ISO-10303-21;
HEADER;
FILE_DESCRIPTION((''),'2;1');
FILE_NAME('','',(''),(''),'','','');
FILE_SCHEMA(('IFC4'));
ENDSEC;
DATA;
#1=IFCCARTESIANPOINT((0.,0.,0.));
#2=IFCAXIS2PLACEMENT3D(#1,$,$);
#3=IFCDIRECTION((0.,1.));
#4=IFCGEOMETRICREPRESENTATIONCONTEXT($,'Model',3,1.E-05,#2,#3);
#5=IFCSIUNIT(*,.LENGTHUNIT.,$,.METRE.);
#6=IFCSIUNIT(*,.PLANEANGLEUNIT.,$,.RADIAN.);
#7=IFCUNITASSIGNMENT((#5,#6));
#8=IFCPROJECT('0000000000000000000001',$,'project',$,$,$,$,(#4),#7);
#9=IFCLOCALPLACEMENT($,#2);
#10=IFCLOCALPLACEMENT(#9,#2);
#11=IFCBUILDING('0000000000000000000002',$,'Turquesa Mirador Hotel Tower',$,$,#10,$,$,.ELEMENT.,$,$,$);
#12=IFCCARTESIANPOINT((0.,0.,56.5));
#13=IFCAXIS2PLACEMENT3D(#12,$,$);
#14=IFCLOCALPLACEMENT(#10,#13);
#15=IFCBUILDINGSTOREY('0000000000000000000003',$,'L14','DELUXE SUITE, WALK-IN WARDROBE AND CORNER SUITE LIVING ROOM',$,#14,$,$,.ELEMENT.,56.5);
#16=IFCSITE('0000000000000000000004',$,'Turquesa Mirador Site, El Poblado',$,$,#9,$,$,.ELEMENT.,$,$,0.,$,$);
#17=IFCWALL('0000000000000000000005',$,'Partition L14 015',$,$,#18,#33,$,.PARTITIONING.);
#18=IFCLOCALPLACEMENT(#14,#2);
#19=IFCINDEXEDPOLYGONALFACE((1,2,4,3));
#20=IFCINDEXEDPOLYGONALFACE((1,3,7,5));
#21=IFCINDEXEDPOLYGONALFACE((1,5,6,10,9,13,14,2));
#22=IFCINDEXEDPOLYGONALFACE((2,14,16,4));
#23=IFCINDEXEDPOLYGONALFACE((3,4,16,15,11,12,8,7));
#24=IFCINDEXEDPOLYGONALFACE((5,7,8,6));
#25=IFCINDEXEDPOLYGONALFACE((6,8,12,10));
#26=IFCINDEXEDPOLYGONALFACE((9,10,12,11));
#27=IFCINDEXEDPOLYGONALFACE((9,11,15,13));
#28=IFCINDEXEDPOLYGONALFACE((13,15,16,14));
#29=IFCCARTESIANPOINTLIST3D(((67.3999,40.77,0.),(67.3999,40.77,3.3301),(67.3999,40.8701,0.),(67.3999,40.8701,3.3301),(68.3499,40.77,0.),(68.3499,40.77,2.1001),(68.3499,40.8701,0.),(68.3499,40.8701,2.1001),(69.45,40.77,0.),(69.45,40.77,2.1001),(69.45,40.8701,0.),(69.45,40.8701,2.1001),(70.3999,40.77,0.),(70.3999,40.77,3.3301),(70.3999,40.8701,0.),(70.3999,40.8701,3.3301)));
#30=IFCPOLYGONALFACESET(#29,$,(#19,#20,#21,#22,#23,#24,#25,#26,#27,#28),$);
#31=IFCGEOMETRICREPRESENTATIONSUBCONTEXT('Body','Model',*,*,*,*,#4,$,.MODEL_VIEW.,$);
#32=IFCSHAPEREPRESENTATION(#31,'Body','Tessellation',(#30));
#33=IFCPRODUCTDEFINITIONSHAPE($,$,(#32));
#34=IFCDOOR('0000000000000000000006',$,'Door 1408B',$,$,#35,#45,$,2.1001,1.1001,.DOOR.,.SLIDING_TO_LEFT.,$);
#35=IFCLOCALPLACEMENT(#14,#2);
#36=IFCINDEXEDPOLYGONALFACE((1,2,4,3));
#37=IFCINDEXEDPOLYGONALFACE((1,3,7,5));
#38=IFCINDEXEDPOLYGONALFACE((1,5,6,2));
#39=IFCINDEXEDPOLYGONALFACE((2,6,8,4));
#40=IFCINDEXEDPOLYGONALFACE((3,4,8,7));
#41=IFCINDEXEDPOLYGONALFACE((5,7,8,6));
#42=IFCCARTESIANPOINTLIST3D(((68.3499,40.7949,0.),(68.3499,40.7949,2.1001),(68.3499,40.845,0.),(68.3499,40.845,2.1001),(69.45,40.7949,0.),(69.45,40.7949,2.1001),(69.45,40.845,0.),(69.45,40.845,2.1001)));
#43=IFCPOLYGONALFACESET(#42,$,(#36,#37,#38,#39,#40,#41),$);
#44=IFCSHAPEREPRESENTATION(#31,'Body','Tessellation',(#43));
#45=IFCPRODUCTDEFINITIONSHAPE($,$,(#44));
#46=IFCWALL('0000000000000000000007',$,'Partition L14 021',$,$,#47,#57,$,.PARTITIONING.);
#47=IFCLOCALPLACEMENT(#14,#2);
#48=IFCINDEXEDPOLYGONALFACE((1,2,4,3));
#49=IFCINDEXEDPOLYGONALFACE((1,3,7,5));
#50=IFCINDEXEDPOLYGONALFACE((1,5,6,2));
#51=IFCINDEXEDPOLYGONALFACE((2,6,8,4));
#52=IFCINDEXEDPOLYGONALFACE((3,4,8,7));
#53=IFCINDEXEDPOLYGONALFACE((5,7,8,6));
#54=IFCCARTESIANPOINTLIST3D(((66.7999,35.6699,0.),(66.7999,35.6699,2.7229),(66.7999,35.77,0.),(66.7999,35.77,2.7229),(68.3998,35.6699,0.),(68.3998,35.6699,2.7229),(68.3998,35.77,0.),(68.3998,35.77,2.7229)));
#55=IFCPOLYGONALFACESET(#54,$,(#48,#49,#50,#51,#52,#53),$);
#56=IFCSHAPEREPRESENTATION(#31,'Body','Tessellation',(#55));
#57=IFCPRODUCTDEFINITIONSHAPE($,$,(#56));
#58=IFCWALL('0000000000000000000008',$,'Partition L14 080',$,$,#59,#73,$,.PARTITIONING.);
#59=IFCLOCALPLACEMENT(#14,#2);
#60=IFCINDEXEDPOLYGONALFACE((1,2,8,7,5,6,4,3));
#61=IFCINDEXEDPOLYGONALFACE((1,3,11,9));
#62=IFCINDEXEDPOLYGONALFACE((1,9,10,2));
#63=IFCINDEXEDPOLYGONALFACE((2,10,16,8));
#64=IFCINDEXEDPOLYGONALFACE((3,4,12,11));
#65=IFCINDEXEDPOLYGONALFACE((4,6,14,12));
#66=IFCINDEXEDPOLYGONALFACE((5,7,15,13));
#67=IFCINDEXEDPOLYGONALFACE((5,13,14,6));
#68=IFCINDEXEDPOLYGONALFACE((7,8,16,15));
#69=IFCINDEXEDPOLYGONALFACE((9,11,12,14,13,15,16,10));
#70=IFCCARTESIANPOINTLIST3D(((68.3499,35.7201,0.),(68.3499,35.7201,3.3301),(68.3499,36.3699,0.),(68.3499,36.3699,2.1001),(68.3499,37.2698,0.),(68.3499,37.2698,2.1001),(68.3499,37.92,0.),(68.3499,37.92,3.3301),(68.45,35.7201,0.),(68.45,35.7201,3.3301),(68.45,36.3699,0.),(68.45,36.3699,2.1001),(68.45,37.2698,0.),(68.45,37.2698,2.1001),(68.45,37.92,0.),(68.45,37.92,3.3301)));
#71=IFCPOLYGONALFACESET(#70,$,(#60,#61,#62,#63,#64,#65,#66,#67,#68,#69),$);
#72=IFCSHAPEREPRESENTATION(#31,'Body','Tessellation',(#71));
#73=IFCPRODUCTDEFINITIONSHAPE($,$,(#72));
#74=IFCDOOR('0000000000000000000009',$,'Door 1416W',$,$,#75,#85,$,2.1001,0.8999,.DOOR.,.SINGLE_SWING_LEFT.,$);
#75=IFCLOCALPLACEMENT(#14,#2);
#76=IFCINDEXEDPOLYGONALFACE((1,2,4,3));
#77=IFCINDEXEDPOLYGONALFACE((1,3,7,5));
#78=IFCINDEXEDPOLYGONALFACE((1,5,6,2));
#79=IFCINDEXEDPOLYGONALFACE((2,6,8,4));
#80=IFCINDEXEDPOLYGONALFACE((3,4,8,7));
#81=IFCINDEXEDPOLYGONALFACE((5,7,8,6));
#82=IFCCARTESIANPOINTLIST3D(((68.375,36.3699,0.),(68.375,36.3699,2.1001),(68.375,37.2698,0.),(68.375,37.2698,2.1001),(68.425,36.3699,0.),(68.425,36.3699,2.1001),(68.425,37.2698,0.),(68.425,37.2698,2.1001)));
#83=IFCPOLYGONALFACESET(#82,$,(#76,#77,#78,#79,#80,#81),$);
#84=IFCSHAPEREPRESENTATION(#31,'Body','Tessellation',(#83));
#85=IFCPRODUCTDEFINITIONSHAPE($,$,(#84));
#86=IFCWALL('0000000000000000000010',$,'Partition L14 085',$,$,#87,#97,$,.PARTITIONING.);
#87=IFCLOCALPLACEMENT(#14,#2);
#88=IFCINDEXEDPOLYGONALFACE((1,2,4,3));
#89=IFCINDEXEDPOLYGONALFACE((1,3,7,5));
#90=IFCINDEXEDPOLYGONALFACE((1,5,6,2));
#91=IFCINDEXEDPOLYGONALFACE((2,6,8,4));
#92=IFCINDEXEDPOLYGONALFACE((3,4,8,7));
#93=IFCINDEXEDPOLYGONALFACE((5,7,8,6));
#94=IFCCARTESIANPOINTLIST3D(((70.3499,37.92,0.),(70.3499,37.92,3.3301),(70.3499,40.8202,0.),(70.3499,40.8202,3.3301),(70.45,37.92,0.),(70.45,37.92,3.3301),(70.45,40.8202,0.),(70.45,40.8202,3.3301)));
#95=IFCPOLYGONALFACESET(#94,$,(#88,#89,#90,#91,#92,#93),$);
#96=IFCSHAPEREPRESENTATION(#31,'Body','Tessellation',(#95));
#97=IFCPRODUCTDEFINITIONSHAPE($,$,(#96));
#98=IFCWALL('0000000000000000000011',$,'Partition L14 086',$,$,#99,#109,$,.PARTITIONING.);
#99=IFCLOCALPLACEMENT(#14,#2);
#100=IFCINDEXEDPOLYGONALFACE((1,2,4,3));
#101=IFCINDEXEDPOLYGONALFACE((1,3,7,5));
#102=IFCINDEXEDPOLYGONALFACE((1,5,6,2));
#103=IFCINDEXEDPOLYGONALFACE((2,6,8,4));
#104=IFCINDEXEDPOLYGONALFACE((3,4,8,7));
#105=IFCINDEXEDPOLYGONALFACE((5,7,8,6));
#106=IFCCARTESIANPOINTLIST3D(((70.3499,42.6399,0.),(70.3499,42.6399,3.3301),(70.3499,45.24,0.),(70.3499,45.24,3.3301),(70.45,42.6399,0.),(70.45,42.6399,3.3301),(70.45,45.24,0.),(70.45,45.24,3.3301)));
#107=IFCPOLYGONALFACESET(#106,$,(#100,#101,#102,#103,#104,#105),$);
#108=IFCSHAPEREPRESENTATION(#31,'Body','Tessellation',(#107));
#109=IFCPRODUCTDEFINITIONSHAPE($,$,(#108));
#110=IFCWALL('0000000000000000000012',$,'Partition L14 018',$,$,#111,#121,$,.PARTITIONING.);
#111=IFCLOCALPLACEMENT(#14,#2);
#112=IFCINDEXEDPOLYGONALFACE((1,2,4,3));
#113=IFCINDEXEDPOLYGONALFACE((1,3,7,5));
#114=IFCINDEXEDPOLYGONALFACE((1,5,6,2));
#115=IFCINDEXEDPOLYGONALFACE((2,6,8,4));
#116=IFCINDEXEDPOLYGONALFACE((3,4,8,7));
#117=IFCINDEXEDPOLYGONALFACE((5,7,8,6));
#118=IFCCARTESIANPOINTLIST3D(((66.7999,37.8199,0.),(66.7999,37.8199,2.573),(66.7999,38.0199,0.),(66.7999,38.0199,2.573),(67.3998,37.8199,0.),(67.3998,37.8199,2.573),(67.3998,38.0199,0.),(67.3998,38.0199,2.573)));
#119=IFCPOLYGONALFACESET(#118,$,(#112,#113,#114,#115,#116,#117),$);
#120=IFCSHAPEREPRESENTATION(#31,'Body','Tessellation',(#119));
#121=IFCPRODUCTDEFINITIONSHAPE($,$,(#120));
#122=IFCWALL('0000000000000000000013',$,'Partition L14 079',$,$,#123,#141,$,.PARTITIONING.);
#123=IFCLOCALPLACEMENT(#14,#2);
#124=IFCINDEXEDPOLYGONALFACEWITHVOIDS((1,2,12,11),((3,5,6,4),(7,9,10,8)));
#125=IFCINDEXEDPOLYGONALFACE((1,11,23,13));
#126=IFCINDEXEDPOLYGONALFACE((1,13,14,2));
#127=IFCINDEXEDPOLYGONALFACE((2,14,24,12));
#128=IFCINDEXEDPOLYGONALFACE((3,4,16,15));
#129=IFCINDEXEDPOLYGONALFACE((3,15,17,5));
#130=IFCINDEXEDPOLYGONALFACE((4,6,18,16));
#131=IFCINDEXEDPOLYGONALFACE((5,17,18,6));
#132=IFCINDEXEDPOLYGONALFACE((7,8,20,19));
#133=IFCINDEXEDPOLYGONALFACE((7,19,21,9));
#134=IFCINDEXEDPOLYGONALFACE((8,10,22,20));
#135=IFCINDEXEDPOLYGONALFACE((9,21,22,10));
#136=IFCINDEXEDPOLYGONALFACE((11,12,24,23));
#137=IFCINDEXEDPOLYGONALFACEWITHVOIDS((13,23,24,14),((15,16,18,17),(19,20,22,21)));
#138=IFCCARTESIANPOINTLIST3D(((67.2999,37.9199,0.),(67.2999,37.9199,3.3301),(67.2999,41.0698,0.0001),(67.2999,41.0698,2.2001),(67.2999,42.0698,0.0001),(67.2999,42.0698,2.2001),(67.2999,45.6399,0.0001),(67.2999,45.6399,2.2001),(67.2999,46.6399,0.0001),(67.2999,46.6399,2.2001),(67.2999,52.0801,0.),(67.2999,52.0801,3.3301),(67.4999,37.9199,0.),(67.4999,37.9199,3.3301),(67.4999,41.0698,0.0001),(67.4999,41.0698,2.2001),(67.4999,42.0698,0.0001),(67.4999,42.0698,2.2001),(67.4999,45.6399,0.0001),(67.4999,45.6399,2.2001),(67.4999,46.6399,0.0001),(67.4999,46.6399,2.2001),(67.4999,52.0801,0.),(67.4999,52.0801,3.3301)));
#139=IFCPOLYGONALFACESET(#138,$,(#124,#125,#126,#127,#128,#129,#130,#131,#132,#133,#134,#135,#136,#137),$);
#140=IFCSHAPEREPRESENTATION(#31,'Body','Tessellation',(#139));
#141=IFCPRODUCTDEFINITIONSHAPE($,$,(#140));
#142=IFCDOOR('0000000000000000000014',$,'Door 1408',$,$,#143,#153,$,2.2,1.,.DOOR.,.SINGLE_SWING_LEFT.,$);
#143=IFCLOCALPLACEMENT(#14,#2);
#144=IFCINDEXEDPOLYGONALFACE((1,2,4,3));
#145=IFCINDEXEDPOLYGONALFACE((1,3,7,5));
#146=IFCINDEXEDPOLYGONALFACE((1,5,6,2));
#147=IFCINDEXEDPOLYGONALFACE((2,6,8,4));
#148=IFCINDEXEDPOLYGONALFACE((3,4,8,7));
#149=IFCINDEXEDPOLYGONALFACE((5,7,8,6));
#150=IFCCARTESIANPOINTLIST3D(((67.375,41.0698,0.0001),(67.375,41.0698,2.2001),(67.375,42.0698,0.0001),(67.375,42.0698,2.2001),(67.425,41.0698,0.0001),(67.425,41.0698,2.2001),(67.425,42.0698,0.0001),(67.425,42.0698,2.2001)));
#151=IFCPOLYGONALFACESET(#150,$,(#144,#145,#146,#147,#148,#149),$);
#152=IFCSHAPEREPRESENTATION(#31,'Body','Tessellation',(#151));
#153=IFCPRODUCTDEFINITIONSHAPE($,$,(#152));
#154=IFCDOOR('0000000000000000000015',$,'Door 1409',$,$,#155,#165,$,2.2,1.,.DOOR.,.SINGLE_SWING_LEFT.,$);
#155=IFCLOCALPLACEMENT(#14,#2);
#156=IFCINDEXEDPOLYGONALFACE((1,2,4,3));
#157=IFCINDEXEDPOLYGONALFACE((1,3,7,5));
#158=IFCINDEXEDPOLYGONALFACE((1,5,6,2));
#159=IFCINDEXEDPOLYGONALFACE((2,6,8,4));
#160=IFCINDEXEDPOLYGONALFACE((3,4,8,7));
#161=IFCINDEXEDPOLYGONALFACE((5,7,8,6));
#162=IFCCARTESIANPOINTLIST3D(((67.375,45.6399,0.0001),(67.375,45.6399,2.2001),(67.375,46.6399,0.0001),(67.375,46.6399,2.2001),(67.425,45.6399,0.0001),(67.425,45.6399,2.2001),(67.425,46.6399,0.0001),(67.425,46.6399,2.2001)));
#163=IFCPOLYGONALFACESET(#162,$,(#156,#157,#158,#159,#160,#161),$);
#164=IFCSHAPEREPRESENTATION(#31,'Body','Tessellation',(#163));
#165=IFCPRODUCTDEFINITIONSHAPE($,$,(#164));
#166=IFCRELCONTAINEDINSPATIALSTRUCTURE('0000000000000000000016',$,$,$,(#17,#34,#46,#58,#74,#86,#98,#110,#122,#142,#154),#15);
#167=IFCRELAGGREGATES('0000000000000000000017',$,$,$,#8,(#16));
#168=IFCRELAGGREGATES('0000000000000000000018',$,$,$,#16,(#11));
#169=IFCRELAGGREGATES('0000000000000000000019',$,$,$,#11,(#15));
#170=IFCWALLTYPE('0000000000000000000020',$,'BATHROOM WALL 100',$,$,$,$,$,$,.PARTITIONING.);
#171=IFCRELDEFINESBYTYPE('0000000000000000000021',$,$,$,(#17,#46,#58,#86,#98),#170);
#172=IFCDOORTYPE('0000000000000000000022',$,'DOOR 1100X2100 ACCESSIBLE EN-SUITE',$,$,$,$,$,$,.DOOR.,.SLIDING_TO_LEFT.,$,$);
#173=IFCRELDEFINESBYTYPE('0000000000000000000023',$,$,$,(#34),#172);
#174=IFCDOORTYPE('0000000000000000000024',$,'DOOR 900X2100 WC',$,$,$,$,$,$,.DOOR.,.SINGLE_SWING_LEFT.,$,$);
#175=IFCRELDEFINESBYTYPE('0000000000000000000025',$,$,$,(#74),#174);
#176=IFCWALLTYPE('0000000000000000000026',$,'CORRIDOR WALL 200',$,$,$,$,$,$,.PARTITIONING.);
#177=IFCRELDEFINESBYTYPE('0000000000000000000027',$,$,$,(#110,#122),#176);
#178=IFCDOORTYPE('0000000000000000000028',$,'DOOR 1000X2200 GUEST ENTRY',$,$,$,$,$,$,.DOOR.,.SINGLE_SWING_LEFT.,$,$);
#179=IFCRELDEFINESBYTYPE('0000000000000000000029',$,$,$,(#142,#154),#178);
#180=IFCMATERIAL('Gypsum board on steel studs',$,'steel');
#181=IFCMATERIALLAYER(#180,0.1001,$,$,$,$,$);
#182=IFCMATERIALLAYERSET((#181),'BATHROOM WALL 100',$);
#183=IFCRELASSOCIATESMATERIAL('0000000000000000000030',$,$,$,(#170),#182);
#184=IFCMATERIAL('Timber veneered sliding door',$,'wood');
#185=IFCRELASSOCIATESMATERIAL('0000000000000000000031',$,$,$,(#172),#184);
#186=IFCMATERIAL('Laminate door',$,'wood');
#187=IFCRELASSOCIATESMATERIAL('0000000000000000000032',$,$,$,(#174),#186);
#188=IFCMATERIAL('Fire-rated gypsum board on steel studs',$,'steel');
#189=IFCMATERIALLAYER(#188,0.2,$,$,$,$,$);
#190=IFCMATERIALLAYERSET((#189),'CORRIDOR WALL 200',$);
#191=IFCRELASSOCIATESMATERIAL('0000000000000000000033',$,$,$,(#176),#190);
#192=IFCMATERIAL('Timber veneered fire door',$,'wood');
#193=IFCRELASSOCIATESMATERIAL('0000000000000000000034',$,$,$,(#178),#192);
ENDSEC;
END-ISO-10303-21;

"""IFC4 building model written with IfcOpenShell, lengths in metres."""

from ifc_helpers import new_model, si_unit, direction, frame, frame_2d, origin, place, context, subcontext, project, spatial, rectangle, extrude, material, layer, layer_set, type_object, element, fill, save


model = new_model("IFC4")

# Units and contexts
model_context = context("Model", 3, precision=1e-05, world=origin(), true_north=direction((0.0, 1.0)))
body_context = subcontext(model_context, "Body", "Model", "MODEL_VIEW")
ifc_project = project(units=[si_unit("LENGTHUNIT", "METRE"), si_unit("PLANEANGLEUNIT", "RADIAN")], contexts=[model_context])

# Site, building, storey
site_placement = place(None, origin())
site = spatial("IfcSite", under=ifc_project, at=site_placement, Name="Turquesa Mirador Site, El Poblado", CompositionType="ELEMENT", RefElevation=0.0)
building_placement = place(site_placement, origin())
building = spatial("IfcBuilding", under=site, at=building_placement, Name="Turquesa Mirador Hotel Tower", CompositionType="ELEMENT")
storey_placement = place(building_placement, frame((0.0, 0.0, 56.5)))
storey = spatial("IfcBuildingStorey", under=building, at=storey_placement, Name="L14", Description="DELUXE SUITE, WALK-IN WARDROBE AND CORNER SUITE LIVING ROOM", CompositionType="ELEMENT", Elevation=56.5)

# Wall, opening, door
ifc_material_1 = material(Name="Gypsum board on steel studs", Category="steel")
ifc_layer_1 = layer(ifc_material_1, 0.1001)
ifc_layer_set_1 = layer_set([ifc_layer_1], Name="BATHROOM WALL 100")
wall_type_1 = type_object("IfcWallType", Name="BATHROOM WALL 100", PredefinedType="PARTITIONING", material=ifc_layer_set_1)
wall_1_placement = place(storey_placement, frame((67.3999, 40.8201, 0.0), z_axis=(0.0, 0.0, 1.0), x_axis=(1.0, 0.0, 0.0)))
wall_1 = element("IfcWall", 1, at=wall_1_placement, inside=storey, type_object=wall_type_1, Name="Partition L14 015", PredefinedType="PARTITIONING", context=body_context, shape_type="SweptSolid", body=[
    extrude(rectangle(XDim=3.0, YDim=0.1001, at=frame_2d((1.5, 0.0))), origin(), (0.0, 0.0, 1.0), 3.3301),
])
opening_1_placement = place(wall_1_placement, frame((0.95, 0.0, 0.0)))
opening_1 = element("IfcOpeningElement", 2, at=opening_1_placement, cuts=wall_1, PredefinedType="OPENING", context=body_context, shape_type="SweptSolid", body=[
    extrude(rectangle(XDim=1.1001, YDim=2.1001, at=frame_2d((0.55, 1.05))), frame((0.0, 0.0601, 0.0), z_axis=(0.0, -1.0, 0.0), x_axis=(1.0, 0.0, 0.0)), (0.0, 0.0, 1.0), 0.1201),
])
ifc_material_2 = material(Name="Timber veneered sliding door", Category="wood")
door_type_1 = type_object("IfcDoorType", Name="DOOR 1100X2100 ACCESSIBLE EN-SUITE", OperationType="SLIDING_TO_LEFT", PredefinedType="DOOR", material=ifc_material_2)
door_1_placement = place(opening_1_placement, origin())
door_1 = element("IfcDoor", 3, at=door_1_placement, inside=storey, type_object=door_type_1, Name="Door 1408B", OperationType="SLIDING_TO_LEFT", OverallHeight=2.1001, OverallWidth=1.1001, PredefinedType="DOOR", context=body_context, shape_type="SweptSolid", body=[
    extrude(rectangle(XDim=1.1001, YDim=2.1001, at=frame_2d((0.55, 1.05))), frame((0.0, 0.0249, 0.0), z_axis=(0.0, -1.0, 0.0), x_axis=(1.0, 0.0, 0.0)), (0.0, 0.0, 1.0), 0.05),
])
fill(opening_1, door_1)

# Wall
wall_2_placement = place(storey_placement, frame((66.8, 35.72, 0.0), z_axis=(0.0, 0.0, 1.0), x_axis=(1.0, 0.0, 0.0)))
element("IfcWall", 4, at=wall_2_placement, inside=storey, type_object=wall_type_1, Name="Partition L14 021", PredefinedType="PARTITIONING", context=body_context, shape_type="SweptSolid", body=[
    extrude(rectangle(XDim=1.5999, YDim=0.1001, at=frame_2d((0.7998, 0.0))), origin(), (0.0, 0.0, 1.0), 2.7229),
])

# Wall, opening, door
wall_3_placement = place(storey_placement, frame((68.3999, 35.72, 0.0), z_axis=(0.0, 0.0, 1.0), x_axis=(0.0, 1.0, 0.0)))
wall_3 = element("IfcWall", 5, at=wall_3_placement, inside=storey, type_object=wall_type_1, Name="Partition L14 080", PredefinedType="PARTITIONING", context=body_context, shape_type="SweptSolid", body=[
    extrude(rectangle(XDim=2.2, YDim=0.1001, at=frame_2d((1.1001, 0.0))), origin(), (0.0, 0.0, 1.0), 3.3301),
])
opening_2_placement = place(wall_3_placement, frame((0.6499, 0.0, 0.0)))
opening_2 = element("IfcOpeningElement", 6, at=opening_2_placement, cuts=wall_3, PredefinedType="OPENING", context=body_context, shape_type="SweptSolid", body=[
    extrude(rectangle(XDim=0.8999, YDim=2.1001, at=frame_2d((0.45, 1.05))), frame((0.0, 0.0601, 0.0), z_axis=(0.0, -1.0, 0.0), x_axis=(1.0, 0.0, 0.0)), (0.0, 0.0, 1.0), 0.1201),
])
ifc_material_3 = material(Name="Laminate door", Category="wood")
door_type_2 = type_object("IfcDoorType", Name="DOOR 900X2100 WC", OperationType="SINGLE_SWING_LEFT", PredefinedType="DOOR", material=ifc_material_3)
door_2_placement = place(opening_2_placement, origin())
door_2 = element("IfcDoor", 7, at=door_2_placement, inside=storey, type_object=door_type_2, Name="Door 1416W", OperationType="SINGLE_SWING_LEFT", OverallHeight=2.1001, OverallWidth=0.8999, PredefinedType="DOOR", context=body_context, shape_type="SweptSolid", body=[
    extrude(rectangle(XDim=0.8999, YDim=2.1001, at=frame_2d((0.45, 1.05))), frame((0.0, 0.0249, 0.0), z_axis=(0.0, -1.0, 0.0), x_axis=(1.0, 0.0, 0.0)), (0.0, 0.0, 1.0), 0.05),
])
fill(opening_2, door_2)

# Walls
wall_4_placement = place(storey_placement, frame((70.3999, 37.9199, 0.0), z_axis=(0.0, 0.0, 1.0), x_axis=(0.0, 1.0, 0.0)))
element("IfcWall", 8, at=wall_4_placement, inside=storey, type_object=wall_type_1, Name="Partition L14 085", PredefinedType="PARTITIONING", context=body_context, shape_type="SweptSolid", body=[
    extrude(rectangle(XDim=2.9001, YDim=0.1001, at=frame_2d((1.4502, 0.0))), origin(), (0.0, 0.0, 1.0), 3.3301),
])
wall_5_placement = place(storey_placement, frame((70.3999, 42.6399, 0.0), z_axis=(0.0, 0.0, 1.0), x_axis=(0.0, 1.0, 0.0)))
element("IfcWall", 9, at=wall_5_placement, inside=storey, type_object=wall_type_1, Name="Partition L14 086", PredefinedType="PARTITIONING", context=body_context, shape_type="SweptSolid", body=[
    extrude(rectangle(XDim=2.6001, YDim=0.1001, at=frame_2d((1.3, 0.0))), origin(), (0.0, 0.0, 1.0), 3.3301),
])
ifc_material_4 = material(Name="Fire-rated gypsum board on steel studs", Category="steel")
ifc_layer_2 = layer(ifc_material_4, 0.2)
ifc_layer_set_2 = layer_set([ifc_layer_2], Name="CORRIDOR WALL 200")
wall_type_2 = type_object("IfcWallType", Name="CORRIDOR WALL 200", PredefinedType="PARTITIONING", material=ifc_layer_set_2)
wall_6_placement = place(storey_placement, frame((66.8, 37.9199, 0.0), z_axis=(0.0, 0.0, 1.0), x_axis=(1.0, 0.0, 0.0)))
element("IfcWall", 10, at=wall_6_placement, inside=storey, type_object=wall_type_2, Name="Partition L14 018", PredefinedType="PARTITIONING", context=body_context, shape_type="SweptSolid", body=[
    extrude(rectangle(XDim=0.5999, YDim=0.2, at=frame_2d((0.2998, 0.0))), origin(), (0.0, 0.0, 1.0), 2.573),
])

# Wall, openings, doors
wall_7_placement = place(storey_placement, frame((67.3999, 37.9199, 0.0), z_axis=(0.0, 0.0, 1.0), x_axis=(0.0, 1.0, 0.0)))
wall_7 = element("IfcWall", 11, at=wall_7_placement, inside=storey, type_object=wall_type_2, Name="Partition L14 079", PredefinedType="PARTITIONING", context=body_context, shape_type="SweptSolid", body=[
    extrude(rectangle(XDim=14.1602, YDim=0.2, at=frame_2d((7.0801, 0.0))), origin(), (0.0, 0.0, 1.0), 3.3301),
])
opening_3_placement = place(wall_7_placement, frame((3.1499, 0.0, 0.0)))
opening_3 = element("IfcOpeningElement", 12, at=opening_3_placement, cuts=wall_7, PredefinedType="OPENING", context=body_context, shape_type="SweptSolid", body=[
    extrude(rectangle(XDim=1.0, YDim=2.2, at=frame_2d((0.5, 1.1001))), frame((0.0, 0.1099, 0.0), z_axis=(0.0, -1.0, 0.0), x_axis=(1.0, 0.0, 0.0)), (0.0, 0.0, 1.0), 0.22),
])
opening_4_placement = place(wall_7_placement, frame((7.72, 0.0, 0.0)))
opening_4 = element("IfcOpeningElement", 13, at=opening_4_placement, cuts=wall_7, PredefinedType="OPENING", context=body_context, shape_type="SweptSolid", body=[
    extrude(rectangle(XDim=1.0, YDim=2.2, at=frame_2d((0.5, 1.1001))), frame((0.0, 0.1099, 0.0), z_axis=(0.0, -1.0, 0.0), x_axis=(1.0, 0.0, 0.0)), (0.0, 0.0, 1.0), 0.22),
])
ifc_material_5 = material(Name="Timber veneered fire door", Category="wood")
door_type_3 = type_object("IfcDoorType", Name="DOOR 1000X2200 GUEST ENTRY", OperationType="SINGLE_SWING_LEFT", PredefinedType="DOOR", material=ifc_material_5)
door_3_placement = place(opening_3_placement, origin())
door_3 = element("IfcDoor", 14, at=door_3_placement, inside=storey, type_object=door_type_3, Name="Door 1408", OperationType="SINGLE_SWING_LEFT", OverallHeight=2.2, OverallWidth=1.0, PredefinedType="DOOR", context=body_context, shape_type="SweptSolid", body=[
    extrude(rectangle(XDim=1.0, YDim=2.2, at=frame_2d((0.5, 1.1001))), frame((0.0, 0.0249, 0.0), z_axis=(0.0, -1.0, 0.0), x_axis=(1.0, 0.0, 0.0)), (0.0, 0.0, 1.0), 0.05),
])
fill(opening_3, door_3)
door_4_placement = place(opening_4_placement, origin())
door_4 = element("IfcDoor", 15, at=door_4_placement, inside=storey, type_object=door_type_3, Name="Door 1409", OperationType="SINGLE_SWING_LEFT", OverallHeight=2.2, OverallWidth=1.0, PredefinedType="DOOR", context=body_context, shape_type="SweptSolid", body=[
    extrude(rectangle(XDim=1.0, YDim=2.2, at=frame_2d((0.5, 1.1001))), frame((0.0, 0.0249, 0.0), z_axis=(0.0, -1.0, 0.0), x_axis=(1.0, 0.0, 0.0)), (0.0, 0.0, 1.0), 0.05),
])
fill(opening_4, door_4)

save(model, "model.ifc")
